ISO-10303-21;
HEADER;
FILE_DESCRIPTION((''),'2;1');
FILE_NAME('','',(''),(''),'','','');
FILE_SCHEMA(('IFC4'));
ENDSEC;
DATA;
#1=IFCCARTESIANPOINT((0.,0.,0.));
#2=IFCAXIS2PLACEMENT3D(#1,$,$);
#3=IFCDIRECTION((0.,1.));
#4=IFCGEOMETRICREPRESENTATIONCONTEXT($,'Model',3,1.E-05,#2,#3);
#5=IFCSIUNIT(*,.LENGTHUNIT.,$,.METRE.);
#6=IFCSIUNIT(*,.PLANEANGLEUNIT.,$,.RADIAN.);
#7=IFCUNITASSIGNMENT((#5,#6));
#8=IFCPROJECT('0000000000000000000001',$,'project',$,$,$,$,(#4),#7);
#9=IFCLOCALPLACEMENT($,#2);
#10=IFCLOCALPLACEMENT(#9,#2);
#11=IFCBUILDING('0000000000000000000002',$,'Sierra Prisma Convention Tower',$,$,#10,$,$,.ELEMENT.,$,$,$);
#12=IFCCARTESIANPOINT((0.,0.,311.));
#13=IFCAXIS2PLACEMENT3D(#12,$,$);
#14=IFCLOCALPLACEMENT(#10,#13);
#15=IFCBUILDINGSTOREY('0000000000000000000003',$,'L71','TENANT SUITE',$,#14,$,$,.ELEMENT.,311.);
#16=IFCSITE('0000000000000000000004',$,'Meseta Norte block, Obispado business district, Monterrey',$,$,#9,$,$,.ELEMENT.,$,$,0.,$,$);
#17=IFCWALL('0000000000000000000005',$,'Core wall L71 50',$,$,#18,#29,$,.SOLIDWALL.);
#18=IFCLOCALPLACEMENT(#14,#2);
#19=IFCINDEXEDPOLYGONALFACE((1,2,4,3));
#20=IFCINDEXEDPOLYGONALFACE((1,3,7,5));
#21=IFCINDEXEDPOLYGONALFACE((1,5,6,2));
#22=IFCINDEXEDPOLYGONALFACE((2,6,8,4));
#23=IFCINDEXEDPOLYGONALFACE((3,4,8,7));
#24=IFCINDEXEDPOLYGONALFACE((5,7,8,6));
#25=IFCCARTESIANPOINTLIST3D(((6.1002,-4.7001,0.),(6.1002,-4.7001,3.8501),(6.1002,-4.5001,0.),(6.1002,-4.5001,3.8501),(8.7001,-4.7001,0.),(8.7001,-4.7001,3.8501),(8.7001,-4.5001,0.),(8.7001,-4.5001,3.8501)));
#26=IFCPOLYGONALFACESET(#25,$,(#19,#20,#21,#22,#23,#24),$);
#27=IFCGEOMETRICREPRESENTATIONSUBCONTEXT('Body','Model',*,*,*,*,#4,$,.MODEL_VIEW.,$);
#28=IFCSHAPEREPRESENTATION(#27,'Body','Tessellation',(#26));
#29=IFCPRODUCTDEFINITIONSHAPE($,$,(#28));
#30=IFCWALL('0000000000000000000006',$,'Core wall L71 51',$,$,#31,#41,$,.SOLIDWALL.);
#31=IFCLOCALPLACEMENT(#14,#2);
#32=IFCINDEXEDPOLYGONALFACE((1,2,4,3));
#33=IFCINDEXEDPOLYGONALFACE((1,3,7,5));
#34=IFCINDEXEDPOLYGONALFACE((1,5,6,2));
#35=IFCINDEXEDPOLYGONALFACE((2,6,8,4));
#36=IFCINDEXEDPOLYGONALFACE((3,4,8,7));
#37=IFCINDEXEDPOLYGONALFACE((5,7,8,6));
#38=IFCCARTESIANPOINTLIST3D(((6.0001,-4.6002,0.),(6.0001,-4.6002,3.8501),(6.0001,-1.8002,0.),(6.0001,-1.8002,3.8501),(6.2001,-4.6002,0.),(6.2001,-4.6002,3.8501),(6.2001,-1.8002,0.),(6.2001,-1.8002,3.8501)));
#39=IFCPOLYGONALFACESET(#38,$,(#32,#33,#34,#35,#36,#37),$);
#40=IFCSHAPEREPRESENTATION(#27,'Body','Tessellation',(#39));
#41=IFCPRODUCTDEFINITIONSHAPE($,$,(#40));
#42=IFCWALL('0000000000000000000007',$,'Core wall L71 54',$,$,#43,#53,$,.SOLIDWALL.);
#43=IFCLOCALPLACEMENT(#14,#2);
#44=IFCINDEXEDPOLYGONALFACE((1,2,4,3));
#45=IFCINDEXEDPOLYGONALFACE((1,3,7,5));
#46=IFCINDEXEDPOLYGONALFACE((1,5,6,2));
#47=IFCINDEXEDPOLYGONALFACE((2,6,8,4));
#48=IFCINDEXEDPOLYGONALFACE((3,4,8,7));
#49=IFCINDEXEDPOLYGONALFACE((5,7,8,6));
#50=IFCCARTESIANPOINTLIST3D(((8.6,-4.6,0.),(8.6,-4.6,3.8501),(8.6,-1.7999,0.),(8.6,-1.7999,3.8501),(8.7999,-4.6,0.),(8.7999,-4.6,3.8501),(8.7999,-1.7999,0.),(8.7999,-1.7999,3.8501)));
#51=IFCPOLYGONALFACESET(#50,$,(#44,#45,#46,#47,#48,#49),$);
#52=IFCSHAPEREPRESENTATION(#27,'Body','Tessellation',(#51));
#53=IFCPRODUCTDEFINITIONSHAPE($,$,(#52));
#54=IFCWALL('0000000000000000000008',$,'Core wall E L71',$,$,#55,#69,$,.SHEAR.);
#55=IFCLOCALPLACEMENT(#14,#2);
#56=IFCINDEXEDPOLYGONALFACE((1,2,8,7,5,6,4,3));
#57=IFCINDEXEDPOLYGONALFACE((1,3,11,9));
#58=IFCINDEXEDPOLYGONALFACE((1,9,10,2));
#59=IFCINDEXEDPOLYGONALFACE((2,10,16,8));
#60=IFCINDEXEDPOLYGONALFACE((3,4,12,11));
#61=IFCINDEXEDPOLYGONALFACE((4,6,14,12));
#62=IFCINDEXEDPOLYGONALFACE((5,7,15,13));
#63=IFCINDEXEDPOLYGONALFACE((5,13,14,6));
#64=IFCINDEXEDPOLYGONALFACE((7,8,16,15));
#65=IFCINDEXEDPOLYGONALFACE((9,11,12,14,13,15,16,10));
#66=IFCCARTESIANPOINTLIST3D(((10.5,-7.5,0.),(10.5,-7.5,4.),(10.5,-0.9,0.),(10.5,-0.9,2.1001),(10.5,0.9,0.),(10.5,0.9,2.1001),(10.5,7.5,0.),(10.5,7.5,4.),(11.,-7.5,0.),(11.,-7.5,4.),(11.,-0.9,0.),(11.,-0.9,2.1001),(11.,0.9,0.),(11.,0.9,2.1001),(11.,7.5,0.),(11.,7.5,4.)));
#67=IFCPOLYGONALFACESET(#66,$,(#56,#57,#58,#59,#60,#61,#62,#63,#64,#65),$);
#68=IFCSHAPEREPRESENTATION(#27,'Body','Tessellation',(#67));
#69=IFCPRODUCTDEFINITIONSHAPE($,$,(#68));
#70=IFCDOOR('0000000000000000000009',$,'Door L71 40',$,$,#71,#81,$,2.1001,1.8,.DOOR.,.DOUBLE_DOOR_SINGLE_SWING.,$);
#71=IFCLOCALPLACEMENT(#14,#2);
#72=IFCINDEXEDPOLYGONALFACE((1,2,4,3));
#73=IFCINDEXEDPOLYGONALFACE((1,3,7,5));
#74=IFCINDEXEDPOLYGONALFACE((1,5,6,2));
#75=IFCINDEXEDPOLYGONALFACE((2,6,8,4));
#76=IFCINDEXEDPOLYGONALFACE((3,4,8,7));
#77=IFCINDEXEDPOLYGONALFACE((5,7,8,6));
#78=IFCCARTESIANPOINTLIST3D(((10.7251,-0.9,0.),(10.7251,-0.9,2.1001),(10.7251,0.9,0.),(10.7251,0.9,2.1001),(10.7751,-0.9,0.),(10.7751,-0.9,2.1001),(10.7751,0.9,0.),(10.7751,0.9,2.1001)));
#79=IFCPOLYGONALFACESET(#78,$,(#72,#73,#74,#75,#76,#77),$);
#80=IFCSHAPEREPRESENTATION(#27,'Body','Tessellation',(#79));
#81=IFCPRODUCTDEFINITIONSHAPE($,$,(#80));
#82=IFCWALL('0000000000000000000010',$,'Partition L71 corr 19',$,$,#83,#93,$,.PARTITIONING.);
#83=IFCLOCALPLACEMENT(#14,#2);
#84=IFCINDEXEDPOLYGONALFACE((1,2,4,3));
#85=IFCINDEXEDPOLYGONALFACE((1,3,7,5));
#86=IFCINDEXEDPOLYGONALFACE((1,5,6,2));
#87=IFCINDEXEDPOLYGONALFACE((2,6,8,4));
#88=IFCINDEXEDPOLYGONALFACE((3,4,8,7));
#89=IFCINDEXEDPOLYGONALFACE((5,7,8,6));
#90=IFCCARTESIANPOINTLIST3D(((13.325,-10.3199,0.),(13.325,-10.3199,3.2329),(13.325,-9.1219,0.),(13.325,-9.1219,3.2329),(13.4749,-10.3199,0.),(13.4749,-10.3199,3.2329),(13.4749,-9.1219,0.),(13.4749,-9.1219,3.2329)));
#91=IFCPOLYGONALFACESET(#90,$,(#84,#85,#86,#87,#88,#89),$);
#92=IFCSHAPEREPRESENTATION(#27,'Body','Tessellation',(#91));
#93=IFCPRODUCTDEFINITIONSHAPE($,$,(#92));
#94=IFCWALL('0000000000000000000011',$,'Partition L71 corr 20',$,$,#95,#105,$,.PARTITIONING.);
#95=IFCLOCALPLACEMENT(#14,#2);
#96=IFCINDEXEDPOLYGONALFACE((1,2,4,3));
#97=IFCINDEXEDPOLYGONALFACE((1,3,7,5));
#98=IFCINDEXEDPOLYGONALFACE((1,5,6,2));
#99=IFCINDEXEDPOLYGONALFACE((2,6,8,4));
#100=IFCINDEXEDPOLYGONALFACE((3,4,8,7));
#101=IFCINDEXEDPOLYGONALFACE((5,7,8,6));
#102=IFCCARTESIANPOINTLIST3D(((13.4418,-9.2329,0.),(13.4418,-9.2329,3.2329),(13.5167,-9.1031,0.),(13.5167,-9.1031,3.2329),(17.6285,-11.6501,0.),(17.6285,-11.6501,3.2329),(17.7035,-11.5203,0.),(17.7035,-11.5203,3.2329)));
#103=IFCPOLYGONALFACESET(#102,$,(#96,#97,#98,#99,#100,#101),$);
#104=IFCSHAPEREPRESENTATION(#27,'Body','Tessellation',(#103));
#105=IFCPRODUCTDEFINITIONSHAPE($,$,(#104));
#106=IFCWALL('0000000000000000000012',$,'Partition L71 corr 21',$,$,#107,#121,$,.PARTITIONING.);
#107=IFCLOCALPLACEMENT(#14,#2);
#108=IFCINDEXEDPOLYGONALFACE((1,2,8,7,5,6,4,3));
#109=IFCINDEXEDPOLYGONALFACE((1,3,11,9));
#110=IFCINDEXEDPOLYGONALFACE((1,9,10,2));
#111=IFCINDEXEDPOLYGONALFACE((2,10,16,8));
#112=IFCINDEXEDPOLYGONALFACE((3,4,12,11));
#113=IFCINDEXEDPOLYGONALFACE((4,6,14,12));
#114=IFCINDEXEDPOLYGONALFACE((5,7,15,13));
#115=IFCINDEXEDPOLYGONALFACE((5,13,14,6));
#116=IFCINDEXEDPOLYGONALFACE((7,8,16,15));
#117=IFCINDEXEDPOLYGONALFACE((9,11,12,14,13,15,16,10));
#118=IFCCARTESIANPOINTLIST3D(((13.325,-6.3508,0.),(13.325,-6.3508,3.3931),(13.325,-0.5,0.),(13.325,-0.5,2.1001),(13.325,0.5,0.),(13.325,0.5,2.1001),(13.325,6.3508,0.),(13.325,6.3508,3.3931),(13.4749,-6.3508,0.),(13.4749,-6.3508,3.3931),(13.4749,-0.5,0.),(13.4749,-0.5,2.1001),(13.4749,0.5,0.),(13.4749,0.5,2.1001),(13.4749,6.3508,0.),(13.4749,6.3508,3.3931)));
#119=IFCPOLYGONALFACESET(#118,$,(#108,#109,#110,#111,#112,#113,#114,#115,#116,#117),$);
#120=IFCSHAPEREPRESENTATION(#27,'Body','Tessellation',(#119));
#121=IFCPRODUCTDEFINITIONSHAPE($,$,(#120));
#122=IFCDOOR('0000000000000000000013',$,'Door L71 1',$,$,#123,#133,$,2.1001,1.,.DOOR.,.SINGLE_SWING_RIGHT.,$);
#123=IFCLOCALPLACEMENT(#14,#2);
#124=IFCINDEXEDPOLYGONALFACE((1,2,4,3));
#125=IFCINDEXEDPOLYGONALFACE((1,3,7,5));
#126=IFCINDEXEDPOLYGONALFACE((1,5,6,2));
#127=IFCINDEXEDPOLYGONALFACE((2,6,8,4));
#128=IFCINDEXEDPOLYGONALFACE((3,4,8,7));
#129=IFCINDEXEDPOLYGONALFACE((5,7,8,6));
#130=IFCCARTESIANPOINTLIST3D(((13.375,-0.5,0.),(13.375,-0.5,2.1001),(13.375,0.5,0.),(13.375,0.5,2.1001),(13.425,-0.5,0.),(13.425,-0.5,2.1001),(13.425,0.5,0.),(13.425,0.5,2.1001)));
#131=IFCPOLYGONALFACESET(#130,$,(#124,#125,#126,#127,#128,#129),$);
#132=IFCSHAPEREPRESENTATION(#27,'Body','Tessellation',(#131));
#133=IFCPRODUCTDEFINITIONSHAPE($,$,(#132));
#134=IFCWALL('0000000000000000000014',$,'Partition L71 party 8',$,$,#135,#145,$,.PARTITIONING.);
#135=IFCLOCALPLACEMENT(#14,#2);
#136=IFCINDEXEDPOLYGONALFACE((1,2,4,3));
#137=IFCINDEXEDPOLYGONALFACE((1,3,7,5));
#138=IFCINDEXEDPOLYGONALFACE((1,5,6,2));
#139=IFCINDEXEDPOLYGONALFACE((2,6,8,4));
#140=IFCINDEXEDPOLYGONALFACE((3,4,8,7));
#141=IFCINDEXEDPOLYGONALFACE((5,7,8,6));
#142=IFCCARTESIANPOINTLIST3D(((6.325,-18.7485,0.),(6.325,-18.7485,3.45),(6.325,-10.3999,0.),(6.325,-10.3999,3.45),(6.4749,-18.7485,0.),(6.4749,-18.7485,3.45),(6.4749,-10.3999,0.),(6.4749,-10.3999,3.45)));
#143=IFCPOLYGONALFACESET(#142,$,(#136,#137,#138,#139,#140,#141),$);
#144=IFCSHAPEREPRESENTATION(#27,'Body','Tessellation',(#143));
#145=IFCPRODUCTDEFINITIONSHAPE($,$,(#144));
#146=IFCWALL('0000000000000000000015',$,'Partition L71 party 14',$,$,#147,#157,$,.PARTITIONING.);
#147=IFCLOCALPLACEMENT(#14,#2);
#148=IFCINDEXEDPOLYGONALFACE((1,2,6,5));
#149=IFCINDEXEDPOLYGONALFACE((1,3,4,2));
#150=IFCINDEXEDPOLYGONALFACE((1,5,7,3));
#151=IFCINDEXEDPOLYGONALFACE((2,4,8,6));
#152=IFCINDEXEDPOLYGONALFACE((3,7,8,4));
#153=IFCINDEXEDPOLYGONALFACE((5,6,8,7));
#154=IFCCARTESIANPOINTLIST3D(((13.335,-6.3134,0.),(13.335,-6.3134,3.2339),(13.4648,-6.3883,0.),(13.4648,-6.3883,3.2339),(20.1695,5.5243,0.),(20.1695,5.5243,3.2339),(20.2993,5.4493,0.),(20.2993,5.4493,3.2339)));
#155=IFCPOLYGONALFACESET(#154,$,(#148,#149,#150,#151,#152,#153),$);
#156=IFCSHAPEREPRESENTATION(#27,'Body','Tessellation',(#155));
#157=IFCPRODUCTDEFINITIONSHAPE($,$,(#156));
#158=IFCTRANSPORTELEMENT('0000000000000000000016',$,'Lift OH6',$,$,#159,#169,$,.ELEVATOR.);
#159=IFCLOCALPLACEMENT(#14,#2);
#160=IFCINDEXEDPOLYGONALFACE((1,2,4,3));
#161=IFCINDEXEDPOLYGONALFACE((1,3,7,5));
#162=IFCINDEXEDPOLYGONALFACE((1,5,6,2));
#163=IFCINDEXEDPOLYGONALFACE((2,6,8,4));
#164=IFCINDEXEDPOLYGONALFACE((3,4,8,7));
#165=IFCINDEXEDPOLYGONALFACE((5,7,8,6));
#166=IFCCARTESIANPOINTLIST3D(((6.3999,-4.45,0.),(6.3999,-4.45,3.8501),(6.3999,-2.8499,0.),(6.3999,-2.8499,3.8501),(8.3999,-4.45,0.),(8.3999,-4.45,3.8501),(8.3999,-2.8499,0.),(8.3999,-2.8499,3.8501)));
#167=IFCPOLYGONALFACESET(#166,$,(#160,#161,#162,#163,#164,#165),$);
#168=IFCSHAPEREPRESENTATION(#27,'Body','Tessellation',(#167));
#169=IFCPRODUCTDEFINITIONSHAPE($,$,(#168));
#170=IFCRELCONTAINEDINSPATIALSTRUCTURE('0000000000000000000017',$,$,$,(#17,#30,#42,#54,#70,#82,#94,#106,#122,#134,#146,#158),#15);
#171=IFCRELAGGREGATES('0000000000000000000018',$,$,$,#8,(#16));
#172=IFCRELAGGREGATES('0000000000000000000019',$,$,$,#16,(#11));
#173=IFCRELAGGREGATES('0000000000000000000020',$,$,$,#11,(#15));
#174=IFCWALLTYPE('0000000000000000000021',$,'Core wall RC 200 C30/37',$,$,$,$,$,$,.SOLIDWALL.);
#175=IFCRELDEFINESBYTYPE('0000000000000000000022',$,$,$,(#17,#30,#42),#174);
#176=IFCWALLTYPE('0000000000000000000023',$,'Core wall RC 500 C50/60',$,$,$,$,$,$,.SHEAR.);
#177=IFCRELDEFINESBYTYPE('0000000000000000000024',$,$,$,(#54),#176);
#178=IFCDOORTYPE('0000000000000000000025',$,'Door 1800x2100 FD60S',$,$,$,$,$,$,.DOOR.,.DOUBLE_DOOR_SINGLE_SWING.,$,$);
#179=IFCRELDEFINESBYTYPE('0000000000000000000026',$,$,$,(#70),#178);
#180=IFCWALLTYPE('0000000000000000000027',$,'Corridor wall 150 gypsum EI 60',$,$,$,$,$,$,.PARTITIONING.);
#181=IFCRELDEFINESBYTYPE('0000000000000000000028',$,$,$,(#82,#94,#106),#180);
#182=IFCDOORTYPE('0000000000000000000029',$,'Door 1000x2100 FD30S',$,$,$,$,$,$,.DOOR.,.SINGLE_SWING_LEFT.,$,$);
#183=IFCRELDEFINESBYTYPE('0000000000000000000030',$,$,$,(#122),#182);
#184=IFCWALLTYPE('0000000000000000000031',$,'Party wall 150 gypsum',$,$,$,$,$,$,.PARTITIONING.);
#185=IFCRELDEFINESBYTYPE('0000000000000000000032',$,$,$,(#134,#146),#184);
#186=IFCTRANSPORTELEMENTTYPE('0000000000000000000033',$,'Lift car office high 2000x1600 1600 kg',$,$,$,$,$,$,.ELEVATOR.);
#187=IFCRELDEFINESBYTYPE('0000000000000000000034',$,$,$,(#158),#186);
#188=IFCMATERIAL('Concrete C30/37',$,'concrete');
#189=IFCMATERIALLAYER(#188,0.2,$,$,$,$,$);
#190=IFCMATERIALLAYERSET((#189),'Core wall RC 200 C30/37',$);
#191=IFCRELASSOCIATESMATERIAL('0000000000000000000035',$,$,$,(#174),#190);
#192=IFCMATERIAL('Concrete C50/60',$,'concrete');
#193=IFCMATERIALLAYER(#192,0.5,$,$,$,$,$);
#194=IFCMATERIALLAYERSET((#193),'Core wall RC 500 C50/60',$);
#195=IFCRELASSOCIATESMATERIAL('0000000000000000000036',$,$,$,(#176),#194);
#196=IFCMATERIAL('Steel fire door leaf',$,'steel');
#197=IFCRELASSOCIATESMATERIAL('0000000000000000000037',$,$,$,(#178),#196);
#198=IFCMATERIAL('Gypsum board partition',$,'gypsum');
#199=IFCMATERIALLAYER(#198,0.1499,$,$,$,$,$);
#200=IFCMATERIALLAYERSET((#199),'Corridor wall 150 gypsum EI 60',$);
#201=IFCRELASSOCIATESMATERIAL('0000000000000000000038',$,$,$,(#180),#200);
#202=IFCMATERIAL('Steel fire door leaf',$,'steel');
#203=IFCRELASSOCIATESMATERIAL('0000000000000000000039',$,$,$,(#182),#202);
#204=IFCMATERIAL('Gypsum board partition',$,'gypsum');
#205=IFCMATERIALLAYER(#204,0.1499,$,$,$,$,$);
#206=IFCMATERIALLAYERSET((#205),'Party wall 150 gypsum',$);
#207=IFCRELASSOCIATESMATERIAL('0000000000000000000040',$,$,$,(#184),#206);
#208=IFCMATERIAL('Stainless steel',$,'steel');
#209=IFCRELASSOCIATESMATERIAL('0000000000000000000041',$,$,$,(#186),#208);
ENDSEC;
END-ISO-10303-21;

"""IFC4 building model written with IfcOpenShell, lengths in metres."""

from ifc_helpers import new_model, si_unit, direction, frame, frame_2d, origin, origin_2d, place, context, subcontext, project, spatial, rectangle, extrude, material, layer, layer_set, type_object, element, fill, save


model = new_model("IFC4")

# Units and contexts
model_context = context("Model", 3, precision=1e-05, world=origin(), true_north=direction((0.0, 1.0)))
body_context = subcontext(model_context, "Body", "Model", "MODEL_VIEW")
ifc_project = project(units=[si_unit("LENGTHUNIT", "METRE"), si_unit("PLANEANGLEUNIT", "RADIAN")], contexts=[model_context])

# Site, building, storey
site_placement = place(None, origin())
site = spatial("IfcSite", under=ifc_project, at=site_placement, Name="Meseta Norte block, Obispado business district, Monterrey", CompositionType="ELEMENT", RefElevation=0.0)
building_placement = place(site_placement, origin())
building = spatial("IfcBuilding", under=site, at=building_placement, Name="Sierra Prisma Convention Tower", CompositionType="ELEMENT")
storey_placement = place(building_placement, frame((0.0, 0.0, 311.0)))
storey = spatial("IfcBuildingStorey", under=building, at=storey_placement, Name="L71", Description="TENANT SUITE", CompositionType="ELEMENT", Elevation=311.0)

# Walls
ifc_material_1 = material(Name="Concrete C30/37", Category="concrete")
ifc_layer_1 = layer(ifc_material_1, 0.2)
ifc_layer_set_1 = layer_set([ifc_layer_1], Name="Core wall RC 200 C30/37")
wall_type_1 = type_object("IfcWallType", Name="Core wall RC 200 C30/37", PredefinedType="SOLIDWALL", material=ifc_layer_set_1)
wall_1_placement = place(storey_placement, frame((8.7, -4.6001, 0.0), z_axis=(0.0, 0.0, 1.0), x_axis=(-1.0, 0.0, 0.0)))
element("IfcWall", 1, at=wall_1_placement, inside=storey, type_object=wall_type_1, Name="Core wall L71 50", PredefinedType="SOLIDWALL", context=body_context, shape_type="SweptSolid", body=[
    extrude(rectangle(XDim=2.5999, YDim=0.2, at=frame_2d((1.2998, 0.0))), origin(), (0.0, 0.0, 1.0), 3.8501),
])
wall_2_placement = place(storey_placement, frame((6.1001, -4.6001, 0.0), z_axis=(0.0, 0.0, 1.0), x_axis=(0.0, 1.0, 0.0)))
element("IfcWall", 2, at=wall_2_placement, inside=storey, type_object=wall_type_1, Name="Core wall L71 51", PredefinedType="SOLIDWALL", context=body_context, shape_type="SweptSolid", body=[
    extrude(rectangle(XDim=2.8, YDim=0.2, at=frame_2d((1.3999, 0.0))), origin(), (0.0, 0.0, 1.0), 3.8501),
])

# Wall
wall_3_placement = place(storey_placement, frame((8.7, -1.8, 0.0), z_axis=(0.0, 0.0, 1.0), x_axis=(0.0, -1.0, 0.0)))
element("IfcWall", 3, at=wall_3_placement, inside=storey, type_object=wall_type_1, Name="Core wall L71 54", PredefinedType="SOLIDWALL", context=body_context, shape_type="SweptSolid", body=[
    extrude(rectangle(XDim=2.8, YDim=0.2, at=frame_2d((1.3999, 0.0))), origin(), (0.0, 0.0, 1.0), 3.8501),
])

# Wall, opening, door
ifc_material_2 = material(Name="Concrete C50/60", Category="concrete")
ifc_layer_2 = layer(ifc_material_2, 0.5)
ifc_layer_set_2 = layer_set([ifc_layer_2], Name="Core wall RC 500 C50/60")
wall_type_2 = type_object("IfcWallType", Name="Core wall RC 500 C50/60", PredefinedType="SHEAR", material=ifc_layer_set_2)
wall_4_placement = place(storey_placement, frame((10.75, -7.5, 0.0), z_axis=(0.0, 0.0, 1.0), x_axis=(0.0, 1.0, 0.0)))
wall_4 = element("IfcWall", 4, at=wall_4_placement, inside=storey, type_object=wall_type_2, Name="Core wall E L71", PredefinedType="SHEAR", context=body_context, shape_type="SweptSolid", body=[
    extrude(rectangle(XDim=15.0, YDim=0.5, at=frame_2d((7.5, 0.0))), origin(), (0.0, 0.0, 1.0), 4.0),
])
opening_1_placement = place(wall_4_placement, frame((6.6001, 0.0, 0.0)))
opening_1 = element("IfcOpeningElement", 5, at=opening_1_placement, cuts=wall_4, PredefinedType="OPENING", context=body_context, shape_type="SweptSolid", body=[
    extrude(rectangle(XDim=1.8, YDim=2.1001, at=frame_2d((0.8999, 1.05))), frame((0.0, 0.25, 0.0), z_axis=(0.0, -1.0, 0.0), x_axis=(1.0, 0.0, 0.0)), (0.0, 0.0, 1.0), 0.5),
])
ifc_material_3 = material(Name="Steel fire door leaf", Category="steel")
door_type_1 = type_object("IfcDoorType", Name="Door 1800x2100 FD60S", OperationType="DOUBLE_DOOR_SINGLE_SWING", PredefinedType="DOOR", material=ifc_material_3)
door_1_placement = place(opening_1_placement, origin())
door_1 = element("IfcDoor", 6, at=door_1_placement, inside=storey, type_object=door_type_1, Name="Door L71 40", OperationType="DOUBLE_DOOR_SINGLE_SWING", OverallHeight=2.1001, OverallWidth=1.8, PredefinedType="DOOR", context=body_context, shape_type="SweptSolid", body=[
    extrude(rectangle(XDim=1.8, YDim=2.1001, at=frame_2d((0.8999, 1.05))), frame((0.0, 0.0249, 0.0), z_axis=(0.0, -1.0, 0.0), x_axis=(1.0, 0.0, 0.0)), (0.0, 0.0, 1.0), 0.05),
])
fill(opening_1, door_1)

# Walls
ifc_material_4 = material(Name="Gypsum board partition", Category="gypsum")
ifc_layer_3 = layer(ifc_material_4, 0.1499)
ifc_layer_set_3 = layer_set([ifc_layer_3], Name="Corridor wall 150 gypsum EI 60")
wall_type_3 = type_object("IfcWallType", Name="Corridor wall 150 gypsum EI 60", PredefinedType="PARTITIONING", material=ifc_layer_set_3)
wall_5_placement = place(storey_placement, frame((13.3999, -10.3201, 0.0), z_axis=(0.0, 0.0, 1.0), x_axis=(0.0, 1.0, 0.0)))
element("IfcWall", 7, at=wall_5_placement, inside=storey, type_object=wall_type_3, Name="Partition L71 corr 19", PredefinedType="PARTITIONING", context=body_context, shape_type="SweptSolid", body=[
    extrude(rectangle(XDim=1.198, YDim=0.1499, at=frame_2d((0.5991, 0.0))), origin(), (0.0, 0.0, 1.0), 3.2329),
])
wall_6_placement = place(storey_placement, frame((13.4792, -9.168, 0.0), z_axis=(0.0, 0.0, 1.0), x_axis=(0.866025, -0.500001, 0.0)))
element("IfcWall", 8, at=wall_6_placement, inside=storey, type_object=wall_type_3, Name="Partition L71 corr 20", PredefinedType="PARTITIONING", context=body_context, shape_type="SweptSolid", body=[
    extrude(rectangle(XDim=4.8345, YDim=0.1499, at=frame_2d((2.4172, 0.0))), origin(), (0.0, 0.0, 1.0), 3.2329),
])

# Wall, opening, door
wall_7_placement = place(storey_placement, frame((13.3999, -6.3508, 0.0), z_axis=(0.0, 0.0, 1.0), x_axis=(0.0, 1.0, 0.0)))
wall_7 = element("IfcWall", 9, at=wall_7_placement, inside=storey, type_object=wall_type_3, Name="Partition L71 corr 21", PredefinedType="PARTITIONING", context=body_context, shape_type="SweptSolid", body=[
    extrude(rectangle(XDim=12.7017, YDim=0.1499, at=frame_2d((6.3508, 0.0))), origin(), (0.0, 0.0, 1.0), 3.3931),
])
opening_2_placement = place(wall_7_placement, frame((5.8508, 0.0, 0.0)))
opening_2 = element("IfcOpeningElement", 10, at=opening_2_placement, cuts=wall_7, PredefinedType="OPENING", context=body_context, shape_type="SweptSolid", body=[
    extrude(rectangle(XDim=1.0, YDim=2.1001, at=frame_2d((0.5, 1.05))), frame((0.0, 0.075, 0.0), z_axis=(0.0, -1.0, 0.0), x_axis=(1.0, 0.0, 0.0)), (0.0, 0.0, 1.0), 0.1499),
])
ifc_material_5 = material(Name="Steel fire door leaf", Category="steel")
door_type_2 = type_object("IfcDoorType", Name="Door 1000x2100 FD30S", OperationType="SINGLE_SWING_LEFT", PredefinedType="DOOR", material=ifc_material_5)
door_2_placement = place(opening_2_placement, origin())
door_2 = element("IfcDoor", 11, at=door_2_placement, inside=storey, type_object=door_type_2, Name="Door L71 1", OperationType="SINGLE_SWING_RIGHT", OverallHeight=2.1001, OverallWidth=1.0, PredefinedType="DOOR", context=body_context, shape_type="SweptSolid", body=[
    extrude(rectangle(XDim=1.0, YDim=2.1001, at=frame_2d((0.5, 1.05))), frame((0.0, 0.0249, 0.0), z_axis=(0.0, -1.0, 0.0), x_axis=(1.0, 0.0, 0.0)), (0.0, 0.0, 1.0), 0.05),
])
fill(opening_2, door_2)

# Walls
ifc_material_6 = material(Name="Gypsum board partition", Category="gypsum")
ifc_layer_4 = layer(ifc_material_6, 0.1499)
ifc_layer_set_4 = layer_set([ifc_layer_4], Name="Party wall 150 gypsum")
wall_type_4 = type_object("IfcWallType", Name="Party wall 150 gypsum", PredefinedType="PARTITIONING", material=ifc_layer_set_4)
wall_8_placement = place(storey_placement, frame((6.3999, -10.3999, 0.0), z_axis=(0.0, 0.0, 1.0), x_axis=(0.0, -1.0, 0.0)))
element("IfcWall", 12, at=wall_8_placement, inside=storey, type_object=wall_type_4, Name="Partition L71 party 8", PredefinedType="PARTITIONING", context=body_context, shape_type="SweptSolid", body=[
    extrude(rectangle(XDim=8.3486, YDim=0.1499, at=frame_2d((4.1743, 0.0))), origin(), (0.0, 0.0, 1.0), 3.45),
])
wall_9_placement = place(storey_placement, frame((13.3999, -6.3508, 0.0), z_axis=(0.0, 0.0, 1.0), x_axis=(0.5, 0.866025, 0.0)))
element("IfcWall", 13, at=wall_9_placement, inside=storey, type_object=wall_type_4, Name="Partition L71 party 14", PredefinedType="PARTITIONING", context=body_context, shape_type="SweptSolid", body=[
    extrude(rectangle(XDim=13.6689, YDim=0.1499, at=frame_2d((6.8345, 0.0))), origin(), (0.0, 0.0, 1.0), 3.2339),
])

# Transport element
ifc_material_7 = material(Name="Stainless steel", Category="steel")
transport_element_type = type_object("IfcTransportElementType", Name="Lift car office high 2000x1600 1600 kg", PredefinedType="ELEVATOR", material=ifc_material_7)
transport_element_placement = place(storey_placement, frame((7.3999, -3.6499, 0.0), z_axis=(0.0, 0.0, 1.0), x_axis=(1.0, 0.0, 0.0)))
element("IfcTransportElement", 14, at=transport_element_placement, inside=storey, type_object=transport_element_type, Name="Lift OH6", PredefinedType="ELEVATOR", context=body_context, shape_type="SweptSolid", body=[
    extrude(rectangle(XDim=2.0, YDim=1.6001, at=origin_2d()), origin(), (0.0, 0.0, 1.0), 3.8501),
])

save(model, "model.ifc")
